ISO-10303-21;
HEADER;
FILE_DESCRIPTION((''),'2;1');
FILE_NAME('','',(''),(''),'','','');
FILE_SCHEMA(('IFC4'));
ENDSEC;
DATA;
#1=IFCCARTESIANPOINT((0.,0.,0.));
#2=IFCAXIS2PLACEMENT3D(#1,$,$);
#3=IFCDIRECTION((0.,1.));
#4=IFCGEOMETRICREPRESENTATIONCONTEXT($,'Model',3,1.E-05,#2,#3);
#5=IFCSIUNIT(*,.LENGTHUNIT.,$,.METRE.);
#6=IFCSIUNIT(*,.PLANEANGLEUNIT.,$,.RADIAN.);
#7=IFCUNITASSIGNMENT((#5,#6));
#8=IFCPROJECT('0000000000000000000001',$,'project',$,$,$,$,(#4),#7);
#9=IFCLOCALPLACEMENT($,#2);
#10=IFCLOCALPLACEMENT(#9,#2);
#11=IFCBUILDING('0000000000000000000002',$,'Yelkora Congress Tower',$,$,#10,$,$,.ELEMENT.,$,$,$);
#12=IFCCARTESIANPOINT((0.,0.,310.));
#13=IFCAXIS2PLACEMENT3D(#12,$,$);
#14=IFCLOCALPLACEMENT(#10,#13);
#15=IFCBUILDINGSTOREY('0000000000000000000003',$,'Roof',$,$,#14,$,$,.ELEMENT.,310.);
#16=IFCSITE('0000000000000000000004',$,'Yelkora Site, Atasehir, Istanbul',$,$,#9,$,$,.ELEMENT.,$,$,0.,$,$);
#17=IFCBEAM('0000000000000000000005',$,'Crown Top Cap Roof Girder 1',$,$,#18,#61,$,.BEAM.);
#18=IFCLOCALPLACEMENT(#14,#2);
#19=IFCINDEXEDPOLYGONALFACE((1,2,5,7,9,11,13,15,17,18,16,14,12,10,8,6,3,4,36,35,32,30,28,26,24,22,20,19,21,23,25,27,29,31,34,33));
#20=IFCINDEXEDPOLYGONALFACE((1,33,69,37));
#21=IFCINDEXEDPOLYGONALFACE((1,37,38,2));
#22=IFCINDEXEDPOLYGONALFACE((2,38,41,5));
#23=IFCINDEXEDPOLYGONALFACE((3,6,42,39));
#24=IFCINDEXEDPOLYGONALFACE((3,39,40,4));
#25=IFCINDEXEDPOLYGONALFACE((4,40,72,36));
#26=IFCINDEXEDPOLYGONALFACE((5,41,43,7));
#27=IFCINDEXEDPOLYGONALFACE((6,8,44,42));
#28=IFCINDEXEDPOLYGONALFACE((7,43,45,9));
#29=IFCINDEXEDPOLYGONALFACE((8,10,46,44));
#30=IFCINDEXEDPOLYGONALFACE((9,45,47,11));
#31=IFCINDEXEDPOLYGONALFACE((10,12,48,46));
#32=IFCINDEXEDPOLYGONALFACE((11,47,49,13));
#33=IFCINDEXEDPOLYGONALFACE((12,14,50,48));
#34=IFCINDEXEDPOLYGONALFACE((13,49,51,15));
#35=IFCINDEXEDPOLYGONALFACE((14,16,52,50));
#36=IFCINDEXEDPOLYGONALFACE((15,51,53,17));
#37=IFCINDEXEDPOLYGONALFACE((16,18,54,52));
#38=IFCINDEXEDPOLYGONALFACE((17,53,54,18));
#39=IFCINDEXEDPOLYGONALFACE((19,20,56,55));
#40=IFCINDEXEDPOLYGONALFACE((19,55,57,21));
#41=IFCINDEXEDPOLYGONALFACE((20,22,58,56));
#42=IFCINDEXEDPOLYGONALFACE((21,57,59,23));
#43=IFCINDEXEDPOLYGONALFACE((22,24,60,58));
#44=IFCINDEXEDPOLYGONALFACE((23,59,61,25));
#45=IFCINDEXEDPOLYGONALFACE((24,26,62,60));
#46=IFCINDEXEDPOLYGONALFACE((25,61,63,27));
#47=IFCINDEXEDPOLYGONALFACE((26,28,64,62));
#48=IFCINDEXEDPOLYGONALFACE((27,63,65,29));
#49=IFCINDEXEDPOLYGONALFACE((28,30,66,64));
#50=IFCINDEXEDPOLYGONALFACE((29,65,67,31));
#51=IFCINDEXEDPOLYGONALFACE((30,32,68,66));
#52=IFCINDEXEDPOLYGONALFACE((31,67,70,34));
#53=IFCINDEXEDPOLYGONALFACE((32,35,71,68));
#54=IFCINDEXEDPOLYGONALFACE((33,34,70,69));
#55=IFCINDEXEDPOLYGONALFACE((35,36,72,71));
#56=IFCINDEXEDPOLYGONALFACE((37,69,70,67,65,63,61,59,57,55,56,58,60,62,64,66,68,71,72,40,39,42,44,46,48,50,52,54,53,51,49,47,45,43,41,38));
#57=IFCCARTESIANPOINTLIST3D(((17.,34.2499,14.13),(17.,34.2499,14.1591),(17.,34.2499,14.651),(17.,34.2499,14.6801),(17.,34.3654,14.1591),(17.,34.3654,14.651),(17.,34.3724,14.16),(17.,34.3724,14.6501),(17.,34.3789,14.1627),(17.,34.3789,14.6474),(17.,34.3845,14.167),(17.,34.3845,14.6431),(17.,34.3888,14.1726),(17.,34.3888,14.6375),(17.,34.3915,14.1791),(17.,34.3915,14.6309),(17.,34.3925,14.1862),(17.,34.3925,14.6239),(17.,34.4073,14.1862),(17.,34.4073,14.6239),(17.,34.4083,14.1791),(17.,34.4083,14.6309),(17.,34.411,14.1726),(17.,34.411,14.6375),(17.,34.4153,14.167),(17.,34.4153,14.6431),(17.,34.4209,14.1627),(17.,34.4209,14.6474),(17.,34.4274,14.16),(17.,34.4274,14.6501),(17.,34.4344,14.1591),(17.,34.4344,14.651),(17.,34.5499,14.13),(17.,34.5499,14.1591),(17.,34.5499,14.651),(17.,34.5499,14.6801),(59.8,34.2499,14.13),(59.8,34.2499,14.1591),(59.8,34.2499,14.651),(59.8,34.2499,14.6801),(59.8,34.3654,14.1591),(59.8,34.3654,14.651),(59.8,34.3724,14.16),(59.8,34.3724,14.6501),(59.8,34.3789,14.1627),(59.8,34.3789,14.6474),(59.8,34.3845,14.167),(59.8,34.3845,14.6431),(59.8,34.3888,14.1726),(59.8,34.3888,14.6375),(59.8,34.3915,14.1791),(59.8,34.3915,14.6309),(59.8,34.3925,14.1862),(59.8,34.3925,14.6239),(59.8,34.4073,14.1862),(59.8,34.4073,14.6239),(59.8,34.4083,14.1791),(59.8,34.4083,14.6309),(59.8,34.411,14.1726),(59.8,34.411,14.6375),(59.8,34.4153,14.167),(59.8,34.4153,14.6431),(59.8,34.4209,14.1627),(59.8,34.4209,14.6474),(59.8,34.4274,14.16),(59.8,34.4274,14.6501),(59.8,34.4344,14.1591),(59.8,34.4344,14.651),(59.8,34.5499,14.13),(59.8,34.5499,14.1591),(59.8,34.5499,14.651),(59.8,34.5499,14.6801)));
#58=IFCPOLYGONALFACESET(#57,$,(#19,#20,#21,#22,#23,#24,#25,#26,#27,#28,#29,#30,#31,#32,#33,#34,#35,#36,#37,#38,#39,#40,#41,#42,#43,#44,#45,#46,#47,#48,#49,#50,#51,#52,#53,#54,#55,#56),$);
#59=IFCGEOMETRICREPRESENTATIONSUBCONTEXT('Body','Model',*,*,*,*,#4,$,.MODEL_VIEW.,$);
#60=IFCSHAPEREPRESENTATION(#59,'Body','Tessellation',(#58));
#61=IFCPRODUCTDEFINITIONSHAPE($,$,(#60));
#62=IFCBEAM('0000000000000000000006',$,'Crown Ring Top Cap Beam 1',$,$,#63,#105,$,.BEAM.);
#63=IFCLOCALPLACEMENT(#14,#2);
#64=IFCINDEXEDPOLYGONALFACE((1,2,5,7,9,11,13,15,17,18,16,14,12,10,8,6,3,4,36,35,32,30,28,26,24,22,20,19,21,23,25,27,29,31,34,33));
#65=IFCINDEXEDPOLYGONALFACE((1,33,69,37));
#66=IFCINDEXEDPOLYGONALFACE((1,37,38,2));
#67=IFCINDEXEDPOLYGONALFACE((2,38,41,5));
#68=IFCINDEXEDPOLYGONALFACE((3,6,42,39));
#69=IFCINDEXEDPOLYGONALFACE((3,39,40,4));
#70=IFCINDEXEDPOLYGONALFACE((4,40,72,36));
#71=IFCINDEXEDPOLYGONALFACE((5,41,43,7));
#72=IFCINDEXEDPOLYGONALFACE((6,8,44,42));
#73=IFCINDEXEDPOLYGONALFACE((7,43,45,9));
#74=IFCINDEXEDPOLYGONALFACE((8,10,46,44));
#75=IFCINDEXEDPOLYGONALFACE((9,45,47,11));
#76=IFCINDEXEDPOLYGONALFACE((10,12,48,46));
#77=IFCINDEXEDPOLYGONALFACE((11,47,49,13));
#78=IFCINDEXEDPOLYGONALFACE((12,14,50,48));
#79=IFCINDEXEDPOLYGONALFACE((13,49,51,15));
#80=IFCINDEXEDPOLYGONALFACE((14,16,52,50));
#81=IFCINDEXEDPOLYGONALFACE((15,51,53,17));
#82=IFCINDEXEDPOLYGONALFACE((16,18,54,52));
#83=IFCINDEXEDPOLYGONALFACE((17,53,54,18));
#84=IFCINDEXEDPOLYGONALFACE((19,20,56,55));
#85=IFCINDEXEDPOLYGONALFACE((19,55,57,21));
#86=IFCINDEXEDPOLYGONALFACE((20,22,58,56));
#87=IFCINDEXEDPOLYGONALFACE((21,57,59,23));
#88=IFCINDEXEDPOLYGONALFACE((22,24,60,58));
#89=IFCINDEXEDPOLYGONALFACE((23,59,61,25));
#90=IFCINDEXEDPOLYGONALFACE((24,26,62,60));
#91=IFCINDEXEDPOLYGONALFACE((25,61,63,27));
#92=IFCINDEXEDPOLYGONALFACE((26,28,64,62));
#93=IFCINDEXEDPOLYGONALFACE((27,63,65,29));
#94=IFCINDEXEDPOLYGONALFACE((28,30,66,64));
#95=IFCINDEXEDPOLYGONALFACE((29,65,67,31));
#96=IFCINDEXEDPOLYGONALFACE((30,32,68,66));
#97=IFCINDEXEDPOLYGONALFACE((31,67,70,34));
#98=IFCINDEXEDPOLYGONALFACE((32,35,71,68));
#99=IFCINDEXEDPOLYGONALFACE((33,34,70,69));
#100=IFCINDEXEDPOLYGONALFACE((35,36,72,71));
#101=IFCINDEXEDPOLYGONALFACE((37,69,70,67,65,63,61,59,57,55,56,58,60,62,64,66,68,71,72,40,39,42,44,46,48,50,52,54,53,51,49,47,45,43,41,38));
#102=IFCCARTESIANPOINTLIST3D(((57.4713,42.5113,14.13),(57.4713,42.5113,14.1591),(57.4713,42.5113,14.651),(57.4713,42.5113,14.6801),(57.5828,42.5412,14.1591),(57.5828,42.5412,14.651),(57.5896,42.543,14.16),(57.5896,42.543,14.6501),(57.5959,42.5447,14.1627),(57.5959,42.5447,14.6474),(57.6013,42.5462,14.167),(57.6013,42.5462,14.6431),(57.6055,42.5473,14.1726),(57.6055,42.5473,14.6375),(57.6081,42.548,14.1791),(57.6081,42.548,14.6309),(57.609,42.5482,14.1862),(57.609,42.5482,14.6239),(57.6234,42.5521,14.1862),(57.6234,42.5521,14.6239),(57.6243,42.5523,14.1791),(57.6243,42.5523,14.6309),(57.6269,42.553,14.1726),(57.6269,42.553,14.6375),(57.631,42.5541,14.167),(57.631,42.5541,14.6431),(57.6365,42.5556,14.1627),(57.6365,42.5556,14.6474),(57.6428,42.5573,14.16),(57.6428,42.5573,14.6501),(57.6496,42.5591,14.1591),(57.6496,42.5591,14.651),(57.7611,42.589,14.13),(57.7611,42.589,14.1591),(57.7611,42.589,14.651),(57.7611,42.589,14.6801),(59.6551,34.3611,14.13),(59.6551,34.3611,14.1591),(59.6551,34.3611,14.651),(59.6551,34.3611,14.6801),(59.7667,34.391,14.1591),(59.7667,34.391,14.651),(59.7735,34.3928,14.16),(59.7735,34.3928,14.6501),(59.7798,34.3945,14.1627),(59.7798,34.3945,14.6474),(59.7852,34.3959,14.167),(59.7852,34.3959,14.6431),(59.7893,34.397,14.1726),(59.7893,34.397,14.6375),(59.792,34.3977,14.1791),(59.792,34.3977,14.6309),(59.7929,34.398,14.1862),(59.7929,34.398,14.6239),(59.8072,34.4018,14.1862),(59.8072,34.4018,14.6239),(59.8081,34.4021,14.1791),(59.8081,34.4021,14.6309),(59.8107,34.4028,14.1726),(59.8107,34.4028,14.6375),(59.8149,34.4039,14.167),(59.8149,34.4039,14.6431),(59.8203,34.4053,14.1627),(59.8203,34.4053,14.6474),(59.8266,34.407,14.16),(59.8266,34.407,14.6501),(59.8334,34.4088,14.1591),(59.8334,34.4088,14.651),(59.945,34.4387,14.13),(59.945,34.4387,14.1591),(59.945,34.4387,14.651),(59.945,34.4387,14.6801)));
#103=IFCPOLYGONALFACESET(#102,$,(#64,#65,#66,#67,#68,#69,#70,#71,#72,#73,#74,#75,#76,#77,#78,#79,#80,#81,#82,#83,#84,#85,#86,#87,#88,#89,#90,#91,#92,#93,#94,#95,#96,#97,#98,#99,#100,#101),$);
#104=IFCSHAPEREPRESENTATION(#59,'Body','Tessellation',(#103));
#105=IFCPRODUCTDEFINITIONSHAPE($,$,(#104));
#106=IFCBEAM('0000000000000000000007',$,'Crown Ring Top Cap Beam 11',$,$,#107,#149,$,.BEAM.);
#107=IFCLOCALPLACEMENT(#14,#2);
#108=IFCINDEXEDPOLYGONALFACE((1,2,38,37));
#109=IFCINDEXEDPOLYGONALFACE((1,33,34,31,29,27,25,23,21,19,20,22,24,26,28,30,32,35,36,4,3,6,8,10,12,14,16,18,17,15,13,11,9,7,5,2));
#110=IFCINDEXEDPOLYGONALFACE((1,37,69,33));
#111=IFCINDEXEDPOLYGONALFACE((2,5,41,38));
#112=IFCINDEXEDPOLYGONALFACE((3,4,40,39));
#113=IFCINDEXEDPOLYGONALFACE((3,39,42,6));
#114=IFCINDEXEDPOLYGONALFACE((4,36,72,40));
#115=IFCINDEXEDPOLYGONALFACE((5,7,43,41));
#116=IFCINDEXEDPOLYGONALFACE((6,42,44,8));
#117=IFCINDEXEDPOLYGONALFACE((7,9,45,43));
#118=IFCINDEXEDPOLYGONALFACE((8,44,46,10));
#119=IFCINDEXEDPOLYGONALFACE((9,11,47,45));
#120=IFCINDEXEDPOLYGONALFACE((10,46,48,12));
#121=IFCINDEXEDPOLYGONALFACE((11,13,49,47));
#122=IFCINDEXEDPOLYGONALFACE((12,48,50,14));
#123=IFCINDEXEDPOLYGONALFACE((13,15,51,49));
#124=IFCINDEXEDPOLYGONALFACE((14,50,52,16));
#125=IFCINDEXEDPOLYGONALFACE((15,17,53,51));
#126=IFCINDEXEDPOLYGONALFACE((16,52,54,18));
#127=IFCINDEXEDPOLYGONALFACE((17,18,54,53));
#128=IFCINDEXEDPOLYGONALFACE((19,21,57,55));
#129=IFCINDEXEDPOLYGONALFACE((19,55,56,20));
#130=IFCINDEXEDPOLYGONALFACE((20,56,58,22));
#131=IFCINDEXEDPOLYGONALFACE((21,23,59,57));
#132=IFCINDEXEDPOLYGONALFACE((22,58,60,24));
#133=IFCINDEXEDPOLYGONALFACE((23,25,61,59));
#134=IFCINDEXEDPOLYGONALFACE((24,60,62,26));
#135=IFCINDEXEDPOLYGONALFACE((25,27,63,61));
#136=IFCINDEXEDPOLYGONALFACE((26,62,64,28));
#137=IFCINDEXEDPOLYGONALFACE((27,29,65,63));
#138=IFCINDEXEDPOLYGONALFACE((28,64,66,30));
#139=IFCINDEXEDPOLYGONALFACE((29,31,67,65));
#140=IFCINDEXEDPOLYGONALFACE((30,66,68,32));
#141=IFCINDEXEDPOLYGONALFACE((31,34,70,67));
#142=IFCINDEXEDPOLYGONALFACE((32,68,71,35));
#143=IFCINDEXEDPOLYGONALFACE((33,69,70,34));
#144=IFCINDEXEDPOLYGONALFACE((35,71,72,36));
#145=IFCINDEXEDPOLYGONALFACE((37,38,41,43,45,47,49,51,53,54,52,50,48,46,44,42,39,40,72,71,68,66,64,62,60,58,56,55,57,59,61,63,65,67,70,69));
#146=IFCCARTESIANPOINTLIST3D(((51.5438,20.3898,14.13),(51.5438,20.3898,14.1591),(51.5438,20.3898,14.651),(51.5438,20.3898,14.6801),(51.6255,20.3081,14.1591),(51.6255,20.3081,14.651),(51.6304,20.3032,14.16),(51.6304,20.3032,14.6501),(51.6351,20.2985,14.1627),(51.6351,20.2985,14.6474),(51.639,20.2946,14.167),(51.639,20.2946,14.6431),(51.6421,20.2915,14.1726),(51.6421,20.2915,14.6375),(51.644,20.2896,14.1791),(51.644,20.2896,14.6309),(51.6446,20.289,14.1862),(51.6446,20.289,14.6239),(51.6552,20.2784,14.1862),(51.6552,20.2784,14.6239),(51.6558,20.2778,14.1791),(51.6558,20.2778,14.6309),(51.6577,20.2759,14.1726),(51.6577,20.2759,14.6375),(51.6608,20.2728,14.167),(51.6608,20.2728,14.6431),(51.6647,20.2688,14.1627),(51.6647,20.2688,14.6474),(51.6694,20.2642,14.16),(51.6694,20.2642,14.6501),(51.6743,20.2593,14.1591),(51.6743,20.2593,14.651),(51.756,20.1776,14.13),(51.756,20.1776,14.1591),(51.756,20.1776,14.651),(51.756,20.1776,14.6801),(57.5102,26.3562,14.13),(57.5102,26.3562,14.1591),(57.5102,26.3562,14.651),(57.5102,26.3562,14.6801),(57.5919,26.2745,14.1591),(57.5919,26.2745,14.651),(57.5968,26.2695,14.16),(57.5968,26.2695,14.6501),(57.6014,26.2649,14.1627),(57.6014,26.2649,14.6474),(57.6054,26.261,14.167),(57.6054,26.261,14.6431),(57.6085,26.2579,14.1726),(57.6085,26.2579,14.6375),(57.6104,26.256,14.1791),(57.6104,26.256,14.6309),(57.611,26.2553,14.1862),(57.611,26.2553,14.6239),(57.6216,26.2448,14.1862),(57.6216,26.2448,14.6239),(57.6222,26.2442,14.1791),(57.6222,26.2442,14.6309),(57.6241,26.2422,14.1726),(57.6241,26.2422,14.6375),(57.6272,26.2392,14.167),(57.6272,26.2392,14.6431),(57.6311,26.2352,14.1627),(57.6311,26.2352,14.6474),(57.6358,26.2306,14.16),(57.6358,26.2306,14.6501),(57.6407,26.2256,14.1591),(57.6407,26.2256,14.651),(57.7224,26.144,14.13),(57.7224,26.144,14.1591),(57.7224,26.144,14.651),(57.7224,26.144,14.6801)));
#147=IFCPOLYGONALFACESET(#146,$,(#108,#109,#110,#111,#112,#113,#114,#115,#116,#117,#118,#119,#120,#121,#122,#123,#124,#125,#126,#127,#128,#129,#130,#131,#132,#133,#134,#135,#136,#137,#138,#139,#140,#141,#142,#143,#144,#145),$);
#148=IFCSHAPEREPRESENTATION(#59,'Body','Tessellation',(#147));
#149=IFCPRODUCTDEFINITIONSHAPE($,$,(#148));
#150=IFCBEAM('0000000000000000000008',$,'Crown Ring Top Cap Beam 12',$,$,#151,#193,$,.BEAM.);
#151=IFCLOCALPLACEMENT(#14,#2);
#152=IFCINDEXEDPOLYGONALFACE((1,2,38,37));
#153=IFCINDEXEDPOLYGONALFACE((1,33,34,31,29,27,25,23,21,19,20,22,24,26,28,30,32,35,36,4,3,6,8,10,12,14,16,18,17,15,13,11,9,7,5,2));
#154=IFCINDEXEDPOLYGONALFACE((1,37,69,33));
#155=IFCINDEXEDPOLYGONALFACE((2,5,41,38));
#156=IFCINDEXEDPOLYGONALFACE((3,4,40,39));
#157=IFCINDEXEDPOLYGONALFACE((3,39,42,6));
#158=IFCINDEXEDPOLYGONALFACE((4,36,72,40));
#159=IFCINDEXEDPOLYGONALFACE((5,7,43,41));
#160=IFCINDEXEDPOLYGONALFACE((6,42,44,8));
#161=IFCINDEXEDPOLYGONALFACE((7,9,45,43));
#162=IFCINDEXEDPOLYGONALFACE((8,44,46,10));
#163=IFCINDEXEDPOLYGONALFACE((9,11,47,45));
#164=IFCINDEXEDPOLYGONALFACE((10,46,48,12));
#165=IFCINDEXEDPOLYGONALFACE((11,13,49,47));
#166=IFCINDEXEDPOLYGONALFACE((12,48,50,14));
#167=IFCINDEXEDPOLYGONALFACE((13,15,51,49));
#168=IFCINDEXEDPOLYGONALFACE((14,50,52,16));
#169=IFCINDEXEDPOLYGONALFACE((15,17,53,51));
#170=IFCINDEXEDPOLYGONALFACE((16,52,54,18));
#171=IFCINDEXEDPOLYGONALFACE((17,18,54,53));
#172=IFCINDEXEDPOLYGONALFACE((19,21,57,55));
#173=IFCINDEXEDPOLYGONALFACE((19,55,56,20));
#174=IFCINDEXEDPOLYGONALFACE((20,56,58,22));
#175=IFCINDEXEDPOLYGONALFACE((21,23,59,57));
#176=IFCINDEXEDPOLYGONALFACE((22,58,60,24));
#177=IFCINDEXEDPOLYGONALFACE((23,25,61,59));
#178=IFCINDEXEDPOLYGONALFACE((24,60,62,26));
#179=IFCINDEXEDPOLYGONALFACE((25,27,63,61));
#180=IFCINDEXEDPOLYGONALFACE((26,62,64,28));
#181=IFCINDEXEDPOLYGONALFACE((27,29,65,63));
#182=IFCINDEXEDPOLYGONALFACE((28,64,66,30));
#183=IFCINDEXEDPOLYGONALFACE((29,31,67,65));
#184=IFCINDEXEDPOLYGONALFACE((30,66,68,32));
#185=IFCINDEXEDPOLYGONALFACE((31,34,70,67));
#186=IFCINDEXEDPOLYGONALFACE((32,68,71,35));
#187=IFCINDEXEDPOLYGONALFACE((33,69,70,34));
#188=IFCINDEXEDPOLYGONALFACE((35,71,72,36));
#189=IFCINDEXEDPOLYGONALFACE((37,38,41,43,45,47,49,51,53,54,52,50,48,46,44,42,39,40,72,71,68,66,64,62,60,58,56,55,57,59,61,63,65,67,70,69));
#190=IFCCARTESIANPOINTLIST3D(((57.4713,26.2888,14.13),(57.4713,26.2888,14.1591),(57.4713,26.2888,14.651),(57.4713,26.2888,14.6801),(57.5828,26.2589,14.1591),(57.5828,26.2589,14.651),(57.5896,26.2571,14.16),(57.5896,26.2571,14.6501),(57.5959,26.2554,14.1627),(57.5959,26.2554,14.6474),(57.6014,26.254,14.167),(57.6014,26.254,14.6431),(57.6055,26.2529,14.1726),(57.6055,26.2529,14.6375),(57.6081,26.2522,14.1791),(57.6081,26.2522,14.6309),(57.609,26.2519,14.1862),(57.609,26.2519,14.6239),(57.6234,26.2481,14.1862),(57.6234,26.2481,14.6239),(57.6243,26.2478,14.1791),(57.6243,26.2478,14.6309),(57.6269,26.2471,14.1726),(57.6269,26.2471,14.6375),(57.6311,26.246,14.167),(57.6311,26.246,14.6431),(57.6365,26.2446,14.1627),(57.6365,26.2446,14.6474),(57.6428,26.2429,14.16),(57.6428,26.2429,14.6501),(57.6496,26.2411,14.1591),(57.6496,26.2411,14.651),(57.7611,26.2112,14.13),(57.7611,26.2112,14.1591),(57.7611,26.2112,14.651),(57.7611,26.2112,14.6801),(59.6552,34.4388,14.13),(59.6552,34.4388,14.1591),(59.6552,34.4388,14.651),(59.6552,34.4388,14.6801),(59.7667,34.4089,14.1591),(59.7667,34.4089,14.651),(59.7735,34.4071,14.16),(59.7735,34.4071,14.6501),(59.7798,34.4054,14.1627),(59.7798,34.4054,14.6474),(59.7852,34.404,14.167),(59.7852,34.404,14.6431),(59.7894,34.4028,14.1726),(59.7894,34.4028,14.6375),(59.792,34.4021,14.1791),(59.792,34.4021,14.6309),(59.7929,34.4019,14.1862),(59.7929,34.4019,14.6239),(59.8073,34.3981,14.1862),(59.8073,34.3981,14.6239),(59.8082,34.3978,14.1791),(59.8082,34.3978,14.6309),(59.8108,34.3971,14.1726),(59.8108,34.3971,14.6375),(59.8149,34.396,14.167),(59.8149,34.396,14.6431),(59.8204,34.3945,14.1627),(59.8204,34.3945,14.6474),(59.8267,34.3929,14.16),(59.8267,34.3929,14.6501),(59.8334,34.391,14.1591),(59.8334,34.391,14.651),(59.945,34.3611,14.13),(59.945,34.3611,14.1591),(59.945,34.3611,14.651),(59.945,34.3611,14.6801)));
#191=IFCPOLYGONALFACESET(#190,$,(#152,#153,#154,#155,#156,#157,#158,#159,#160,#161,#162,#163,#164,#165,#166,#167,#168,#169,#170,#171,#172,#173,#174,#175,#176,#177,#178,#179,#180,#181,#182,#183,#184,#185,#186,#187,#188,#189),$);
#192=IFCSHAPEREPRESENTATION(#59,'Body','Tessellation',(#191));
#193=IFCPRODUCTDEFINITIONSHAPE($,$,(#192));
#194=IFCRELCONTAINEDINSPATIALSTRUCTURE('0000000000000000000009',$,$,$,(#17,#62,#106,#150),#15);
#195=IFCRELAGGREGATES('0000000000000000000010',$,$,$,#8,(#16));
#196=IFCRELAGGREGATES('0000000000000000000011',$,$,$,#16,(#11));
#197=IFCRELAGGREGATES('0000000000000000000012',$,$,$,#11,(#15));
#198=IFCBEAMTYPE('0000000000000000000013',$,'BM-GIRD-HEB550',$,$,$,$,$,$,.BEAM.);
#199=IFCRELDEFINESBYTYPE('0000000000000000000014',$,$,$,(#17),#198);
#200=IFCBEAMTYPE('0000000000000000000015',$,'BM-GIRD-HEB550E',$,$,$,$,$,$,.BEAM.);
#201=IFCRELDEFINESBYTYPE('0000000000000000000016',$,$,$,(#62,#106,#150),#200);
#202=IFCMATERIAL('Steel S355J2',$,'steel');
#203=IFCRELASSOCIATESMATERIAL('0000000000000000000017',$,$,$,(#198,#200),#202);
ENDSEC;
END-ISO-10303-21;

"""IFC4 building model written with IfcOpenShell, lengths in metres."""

from ifc_helpers import new_model, si_unit, direction, frame, origin, origin_2d, place, context, subcontext, project, spatial, i_section, extrude, material, material_profile, profile_set, type_object, element, save


model = new_model("IFC4")

# Units and contexts
model_context = context("Model", 3, precision=1e-05, world=origin(), true_north=direction((0.0, 1.0)))
body_context = subcontext(model_context, "Body", "Model", "MODEL_VIEW")
ifc_project = project(units=[si_unit("LENGTHUNIT", "METRE"), si_unit("PLANEANGLEUNIT", "RADIAN")], contexts=[model_context])

# Site, building, storey
site_placement = place(None, origin())
site = spatial("IfcSite", under=ifc_project, at=site_placement, Name="Yelkora Site, Atasehir, Istanbul", CompositionType="ELEMENT", RefElevation=0.0)
building_placement = place(site_placement, origin())
building = spatial("IfcBuilding", under=site, at=building_placement, Name="Yelkora Congress Tower", CompositionType="ELEMENT")
storey_placement = place(building_placement, frame((0.0, 0.0, 310.0)))
storey = spatial("IfcBuildingStorey", under=building, at=storey_placement, Name="Roof", CompositionType="ELEMENT", Elevation=310.0)

# Shared definitions
ifc_material_1 = material(Name="Steel S355J2", Category="steel")

# Beams
ifc_material_profile_1 = material_profile(ifc_material_1, i_section(OverallWidth=0.3, OverallDepth=0.55, WebThickness=0.0149, FlangeThickness=0.0291, FilletRadius=0.0271, at=origin_2d()), Name="HEB 550")
ifc_profile_set_1 = profile_set([ifc_material_profile_1], Name="Steel S355J2")
beam_type_1 = type_object("IfcBeamType", Name="BM-GIRD-HEB550", PredefinedType="BEAM", material=ifc_profile_set_1)
beam_1_placement = place(storey_placement, frame((59.8, 34.3999, 14.405), z_axis=(-1.0, 0.0, 0.0), x_axis=(0.0, -1.0, 0.0)))
element("IfcBeam", 1, at=beam_1_placement, inside=storey, type_object=beam_type_1, Name="Crown Top Cap Roof Girder 1", PredefinedType="BEAM", context=body_context, shape_type="SweptSolid", body=[
    extrude(i_section(OverallWidth=0.3, OverallDepth=0.55, WebThickness=0.0149, FlangeThickness=0.0291, FilletRadius=0.0271, at=origin_2d()), origin(), (0.0, 0.0, 1.0), 42.8),
])
ifc_material_profile_2 = material_profile(ifc_material_1, i_section(OverallWidth=0.3, OverallDepth=0.55, WebThickness=0.0149, FlangeThickness=0.0291, FilletRadius=0.0271, at=origin_2d()), Name="HEB 550")
ifc_profile_set_2 = profile_set([ifc_material_profile_2], Name="Steel S355J2")
beam_type_2 = type_object("IfcBeamType", Name="BM-GIRD-HEB550E", PredefinedType="BEAM", material=ifc_profile_set_2)
for number, where, z_axis, x_axis, name in (
    (2, (59.8, 34.3999, 14.405), (-0.25882, 0.965925, 0.0), (-0.965925, -0.25882, 0.0), "Crown Ring Top Cap Beam 1"),
    (3, (51.6499, 20.2837, 14.405), (0.707107, 0.707107, 0.0), (-0.707107, 0.707107, 0.0), "Crown Ring Top Cap Beam 11"),
):
    element("IfcBeam", number, at=place(storey_placement, frame(where, z_axis=z_axis, x_axis=x_axis)), inside=storey, type_object=beam_type_2, Name=name, PredefinedType="BEAM", context=body_context, shape_type="SweptSolid", body=[
        extrude(i_section(OverallWidth=0.3, OverallDepth=0.55, WebThickness=0.0149, FlangeThickness=0.0291, FilletRadius=0.0271, at=origin_2d()), origin(), (0.0, 0.0, 1.0), 8.4377),
    ])
beam_2_placement = place(storey_placement, frame((57.6162, 26.25, 14.405), z_axis=(0.258828, 0.965924, 0.0), x_axis=(-0.965924, 0.258828, 0.0)))
element("IfcBeam", 4, at=beam_2_placement, inside=storey, type_object=beam_type_2, Name="Crown Ring Top Cap Beam 12", PredefinedType="BEAM", context=body_context, shape_type="SweptSolid", body=[
    extrude(i_section(OverallWidth=0.3, OverallDepth=0.55, WebThickness=0.0149, FlangeThickness=0.0291, FilletRadius=0.0271, at=origin_2d()), origin(), (0.0, 0.0, 1.0), 8.4375),
])

save(model, "model.ifc")
